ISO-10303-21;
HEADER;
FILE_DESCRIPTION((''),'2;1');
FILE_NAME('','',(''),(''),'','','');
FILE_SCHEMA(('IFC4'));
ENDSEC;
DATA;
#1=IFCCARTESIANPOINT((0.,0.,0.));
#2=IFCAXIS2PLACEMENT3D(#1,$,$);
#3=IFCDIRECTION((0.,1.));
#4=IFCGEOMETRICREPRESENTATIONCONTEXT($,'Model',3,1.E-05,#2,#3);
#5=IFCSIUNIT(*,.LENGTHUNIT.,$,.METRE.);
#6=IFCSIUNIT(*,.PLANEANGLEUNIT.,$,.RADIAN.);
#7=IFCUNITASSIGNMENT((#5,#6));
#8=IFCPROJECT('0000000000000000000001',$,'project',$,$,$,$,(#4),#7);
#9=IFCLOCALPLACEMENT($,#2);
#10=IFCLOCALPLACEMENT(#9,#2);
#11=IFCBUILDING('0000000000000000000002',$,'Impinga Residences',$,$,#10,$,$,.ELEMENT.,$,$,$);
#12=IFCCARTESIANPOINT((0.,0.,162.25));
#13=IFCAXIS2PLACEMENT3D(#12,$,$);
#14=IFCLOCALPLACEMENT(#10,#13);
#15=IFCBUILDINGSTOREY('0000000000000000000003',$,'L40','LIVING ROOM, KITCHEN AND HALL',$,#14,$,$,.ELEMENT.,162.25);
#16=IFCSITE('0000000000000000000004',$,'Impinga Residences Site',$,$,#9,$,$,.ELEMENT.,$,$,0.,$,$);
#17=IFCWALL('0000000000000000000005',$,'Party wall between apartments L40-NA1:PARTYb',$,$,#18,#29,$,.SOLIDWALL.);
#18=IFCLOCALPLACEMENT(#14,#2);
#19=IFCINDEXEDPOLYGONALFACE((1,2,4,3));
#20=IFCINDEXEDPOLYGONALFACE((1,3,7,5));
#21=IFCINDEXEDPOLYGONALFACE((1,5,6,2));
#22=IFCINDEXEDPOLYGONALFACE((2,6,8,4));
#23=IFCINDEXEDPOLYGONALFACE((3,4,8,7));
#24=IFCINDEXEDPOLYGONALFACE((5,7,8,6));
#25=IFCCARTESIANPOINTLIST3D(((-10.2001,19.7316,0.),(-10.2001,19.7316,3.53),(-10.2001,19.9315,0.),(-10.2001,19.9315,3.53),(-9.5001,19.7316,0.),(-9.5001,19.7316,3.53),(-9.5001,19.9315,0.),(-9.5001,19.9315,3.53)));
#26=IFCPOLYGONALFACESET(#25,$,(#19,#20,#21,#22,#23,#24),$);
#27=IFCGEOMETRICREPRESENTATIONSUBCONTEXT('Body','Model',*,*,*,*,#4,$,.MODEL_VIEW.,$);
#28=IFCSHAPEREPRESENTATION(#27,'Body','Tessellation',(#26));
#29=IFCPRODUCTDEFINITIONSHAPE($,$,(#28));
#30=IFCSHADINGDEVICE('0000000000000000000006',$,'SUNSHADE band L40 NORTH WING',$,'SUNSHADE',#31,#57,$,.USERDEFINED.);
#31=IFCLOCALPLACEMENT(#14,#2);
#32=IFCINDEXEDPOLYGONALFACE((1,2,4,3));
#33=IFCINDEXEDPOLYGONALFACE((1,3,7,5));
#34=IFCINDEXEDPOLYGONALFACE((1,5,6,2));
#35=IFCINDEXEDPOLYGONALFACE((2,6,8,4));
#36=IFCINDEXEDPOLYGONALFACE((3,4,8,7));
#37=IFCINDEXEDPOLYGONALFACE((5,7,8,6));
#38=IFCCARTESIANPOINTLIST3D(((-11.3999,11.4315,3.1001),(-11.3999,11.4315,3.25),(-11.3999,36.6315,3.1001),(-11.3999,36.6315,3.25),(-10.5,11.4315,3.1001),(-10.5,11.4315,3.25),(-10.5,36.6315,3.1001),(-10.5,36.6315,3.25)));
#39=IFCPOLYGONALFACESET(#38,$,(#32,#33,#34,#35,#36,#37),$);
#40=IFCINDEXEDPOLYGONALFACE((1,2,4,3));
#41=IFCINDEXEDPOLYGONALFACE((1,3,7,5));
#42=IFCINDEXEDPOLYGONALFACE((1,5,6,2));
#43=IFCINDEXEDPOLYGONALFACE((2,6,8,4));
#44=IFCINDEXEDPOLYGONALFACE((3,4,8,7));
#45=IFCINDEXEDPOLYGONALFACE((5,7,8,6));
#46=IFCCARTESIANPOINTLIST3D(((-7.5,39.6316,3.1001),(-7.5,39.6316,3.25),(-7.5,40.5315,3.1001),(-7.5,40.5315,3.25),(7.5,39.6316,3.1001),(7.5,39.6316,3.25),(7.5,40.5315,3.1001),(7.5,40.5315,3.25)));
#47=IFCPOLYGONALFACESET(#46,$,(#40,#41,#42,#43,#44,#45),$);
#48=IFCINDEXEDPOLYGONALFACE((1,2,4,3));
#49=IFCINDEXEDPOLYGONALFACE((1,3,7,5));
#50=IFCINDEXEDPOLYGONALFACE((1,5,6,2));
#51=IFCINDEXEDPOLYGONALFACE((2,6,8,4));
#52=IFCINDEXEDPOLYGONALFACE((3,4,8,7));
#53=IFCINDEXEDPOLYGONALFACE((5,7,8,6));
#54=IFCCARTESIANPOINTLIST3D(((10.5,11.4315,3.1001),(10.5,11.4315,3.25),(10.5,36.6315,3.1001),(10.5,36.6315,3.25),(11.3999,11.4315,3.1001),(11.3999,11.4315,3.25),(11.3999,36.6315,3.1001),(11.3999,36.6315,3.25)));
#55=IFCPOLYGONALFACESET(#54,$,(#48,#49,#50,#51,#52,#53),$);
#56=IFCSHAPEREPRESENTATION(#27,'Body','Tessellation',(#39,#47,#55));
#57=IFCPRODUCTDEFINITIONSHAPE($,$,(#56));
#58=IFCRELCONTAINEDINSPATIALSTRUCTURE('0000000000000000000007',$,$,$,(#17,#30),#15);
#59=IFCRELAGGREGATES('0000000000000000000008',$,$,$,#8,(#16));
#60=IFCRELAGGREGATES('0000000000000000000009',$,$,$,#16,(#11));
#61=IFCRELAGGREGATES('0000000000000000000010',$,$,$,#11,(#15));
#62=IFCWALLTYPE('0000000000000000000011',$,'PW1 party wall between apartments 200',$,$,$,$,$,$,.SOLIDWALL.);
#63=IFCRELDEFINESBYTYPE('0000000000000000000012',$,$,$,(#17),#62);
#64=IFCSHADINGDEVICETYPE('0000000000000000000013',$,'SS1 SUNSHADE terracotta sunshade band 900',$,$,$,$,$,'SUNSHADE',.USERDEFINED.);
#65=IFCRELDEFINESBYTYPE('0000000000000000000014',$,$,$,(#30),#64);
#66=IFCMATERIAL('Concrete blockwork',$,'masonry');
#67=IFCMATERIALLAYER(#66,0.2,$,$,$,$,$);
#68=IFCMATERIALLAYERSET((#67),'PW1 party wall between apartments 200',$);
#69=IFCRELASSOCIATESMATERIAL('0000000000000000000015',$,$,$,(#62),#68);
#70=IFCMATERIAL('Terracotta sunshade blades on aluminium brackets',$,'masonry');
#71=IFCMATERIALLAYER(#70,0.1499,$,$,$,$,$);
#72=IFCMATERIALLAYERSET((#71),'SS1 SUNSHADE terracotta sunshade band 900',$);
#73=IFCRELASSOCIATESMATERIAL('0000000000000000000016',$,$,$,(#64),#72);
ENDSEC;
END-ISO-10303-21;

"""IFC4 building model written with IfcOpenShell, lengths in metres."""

from ifc_helpers import new_model, si_unit, direction, frame, frame_2d, origin, origin_2d, place, context, subcontext, project, spatial, rectangle, extrude, material, layer, layer_set, type_object, element, save


model = new_model("IFC4")

# Units and contexts
model_context = context("Model", 3, precision=1e-05, world=origin(), true_north=direction((0.0, 1.0)))
body_context = subcontext(model_context, "Body", "Model", "MODEL_VIEW")
ifc_project = project(units=[si_unit("LENGTHUNIT", "METRE"), si_unit("PLANEANGLEUNIT", "RADIAN")], contexts=[model_context])

# Site, building, storey
site_placement = place(None, origin())
site = spatial("IfcSite", under=ifc_project, at=site_placement, Name="Impinga Residences Site", CompositionType="ELEMENT", RefElevation=0.0)
building_placement = place(site_placement, origin())
building = spatial("IfcBuilding", under=site, at=building_placement, Name="Impinga Residences", CompositionType="ELEMENT")
storey_placement = place(building_placement, frame((0.0, 0.0, 162.25)))
storey = spatial("IfcBuildingStorey", under=building, at=storey_placement, Name="L40", Description="LIVING ROOM, KITCHEN AND HALL", CompositionType="ELEMENT", Elevation=162.25)

# Wall
ifc_material_1 = material(Name="Concrete blockwork", Category="masonry")
ifc_layer_1 = layer(ifc_material_1, 0.2)
ifc_layer_set_1 = layer_set([ifc_layer_1], Name="PW1 party wall between apartments 200")
wall_type_1 = type_object("IfcWallType", Name="PW1 party wall between apartments 200", PredefinedType="SOLIDWALL", material=ifc_layer_set_1)
wall_1_placement = place(storey_placement, frame((-9.5, 19.8315, 0.0), z_axis=(0.0, 0.0, 1.0), x_axis=(-1.0, 0.0, 0.0)))
element("IfcWall", 1, at=wall_1_placement, inside=storey, type_object=wall_type_1, Name="Party wall between apartments L40-NA1:PARTYb", PredefinedType="SOLIDWALL", context=body_context, shape_type="SweptSolid", body=[
    extrude(rectangle(XDim=0.7, YDim=0.2, at=frame_2d((0.3501, 0.0))), origin(), (0.0, 0.0, 1.0), 3.53),
])

# Shading device
ifc_material_2 = material(Name="Terracotta sunshade blades on aluminium brackets", Category="masonry")
ifc_layer_2 = layer(ifc_material_2, 0.1499)
ifc_layer_set_2 = layer_set([ifc_layer_2], Name="SS1 SUNSHADE terracotta sunshade band 900")
shading_device_type = type_object("IfcShadingDeviceType", Name="SS1 SUNSHADE terracotta sunshade band 900", ElementType="SUNSHADE", PredefinedType="USERDEFINED", material=ifc_layer_set_2)
shading_device_placement = place(storey_placement, frame((-10.95, 24.0315, 3.1001), z_axis=(0.0, 0.0, 1.0), x_axis=(0.0, 1.0, 0.0)))
element("IfcShadingDevice", 2, at=shading_device_placement, inside=storey, type_object=shading_device_type, Name="SUNSHADE band L40 NORTH WING", ObjectType="SUNSHADE", PredefinedType="USERDEFINED", context=body_context, shape_type="SweptSolid", body=[
    extrude(rectangle(XDim=25.2, YDim=0.8999, at=origin_2d()), origin(), (0.0, 0.0, 1.0), 0.1499),
    extrude(rectangle(XDim=15.0, YDim=0.8999, at=origin_2d()), frame((16.05, -10.95, 0.0), z_axis=(0.0, 0.0, 1.0), x_axis=(0.0, -1.0, 0.0)), (0.0, 0.0, 1.0), 0.1499),
    extrude(rectangle(XDim=25.2, YDim=0.8999, at=origin_2d()), frame((0.0, -21.8999, 0.0), z_axis=(0.0, 0.0, 1.0), x_axis=(-1.0, 0.0, 0.0)), (0.0, 0.0, 1.0), 0.1499),
])

save(model, "model.ifc")
